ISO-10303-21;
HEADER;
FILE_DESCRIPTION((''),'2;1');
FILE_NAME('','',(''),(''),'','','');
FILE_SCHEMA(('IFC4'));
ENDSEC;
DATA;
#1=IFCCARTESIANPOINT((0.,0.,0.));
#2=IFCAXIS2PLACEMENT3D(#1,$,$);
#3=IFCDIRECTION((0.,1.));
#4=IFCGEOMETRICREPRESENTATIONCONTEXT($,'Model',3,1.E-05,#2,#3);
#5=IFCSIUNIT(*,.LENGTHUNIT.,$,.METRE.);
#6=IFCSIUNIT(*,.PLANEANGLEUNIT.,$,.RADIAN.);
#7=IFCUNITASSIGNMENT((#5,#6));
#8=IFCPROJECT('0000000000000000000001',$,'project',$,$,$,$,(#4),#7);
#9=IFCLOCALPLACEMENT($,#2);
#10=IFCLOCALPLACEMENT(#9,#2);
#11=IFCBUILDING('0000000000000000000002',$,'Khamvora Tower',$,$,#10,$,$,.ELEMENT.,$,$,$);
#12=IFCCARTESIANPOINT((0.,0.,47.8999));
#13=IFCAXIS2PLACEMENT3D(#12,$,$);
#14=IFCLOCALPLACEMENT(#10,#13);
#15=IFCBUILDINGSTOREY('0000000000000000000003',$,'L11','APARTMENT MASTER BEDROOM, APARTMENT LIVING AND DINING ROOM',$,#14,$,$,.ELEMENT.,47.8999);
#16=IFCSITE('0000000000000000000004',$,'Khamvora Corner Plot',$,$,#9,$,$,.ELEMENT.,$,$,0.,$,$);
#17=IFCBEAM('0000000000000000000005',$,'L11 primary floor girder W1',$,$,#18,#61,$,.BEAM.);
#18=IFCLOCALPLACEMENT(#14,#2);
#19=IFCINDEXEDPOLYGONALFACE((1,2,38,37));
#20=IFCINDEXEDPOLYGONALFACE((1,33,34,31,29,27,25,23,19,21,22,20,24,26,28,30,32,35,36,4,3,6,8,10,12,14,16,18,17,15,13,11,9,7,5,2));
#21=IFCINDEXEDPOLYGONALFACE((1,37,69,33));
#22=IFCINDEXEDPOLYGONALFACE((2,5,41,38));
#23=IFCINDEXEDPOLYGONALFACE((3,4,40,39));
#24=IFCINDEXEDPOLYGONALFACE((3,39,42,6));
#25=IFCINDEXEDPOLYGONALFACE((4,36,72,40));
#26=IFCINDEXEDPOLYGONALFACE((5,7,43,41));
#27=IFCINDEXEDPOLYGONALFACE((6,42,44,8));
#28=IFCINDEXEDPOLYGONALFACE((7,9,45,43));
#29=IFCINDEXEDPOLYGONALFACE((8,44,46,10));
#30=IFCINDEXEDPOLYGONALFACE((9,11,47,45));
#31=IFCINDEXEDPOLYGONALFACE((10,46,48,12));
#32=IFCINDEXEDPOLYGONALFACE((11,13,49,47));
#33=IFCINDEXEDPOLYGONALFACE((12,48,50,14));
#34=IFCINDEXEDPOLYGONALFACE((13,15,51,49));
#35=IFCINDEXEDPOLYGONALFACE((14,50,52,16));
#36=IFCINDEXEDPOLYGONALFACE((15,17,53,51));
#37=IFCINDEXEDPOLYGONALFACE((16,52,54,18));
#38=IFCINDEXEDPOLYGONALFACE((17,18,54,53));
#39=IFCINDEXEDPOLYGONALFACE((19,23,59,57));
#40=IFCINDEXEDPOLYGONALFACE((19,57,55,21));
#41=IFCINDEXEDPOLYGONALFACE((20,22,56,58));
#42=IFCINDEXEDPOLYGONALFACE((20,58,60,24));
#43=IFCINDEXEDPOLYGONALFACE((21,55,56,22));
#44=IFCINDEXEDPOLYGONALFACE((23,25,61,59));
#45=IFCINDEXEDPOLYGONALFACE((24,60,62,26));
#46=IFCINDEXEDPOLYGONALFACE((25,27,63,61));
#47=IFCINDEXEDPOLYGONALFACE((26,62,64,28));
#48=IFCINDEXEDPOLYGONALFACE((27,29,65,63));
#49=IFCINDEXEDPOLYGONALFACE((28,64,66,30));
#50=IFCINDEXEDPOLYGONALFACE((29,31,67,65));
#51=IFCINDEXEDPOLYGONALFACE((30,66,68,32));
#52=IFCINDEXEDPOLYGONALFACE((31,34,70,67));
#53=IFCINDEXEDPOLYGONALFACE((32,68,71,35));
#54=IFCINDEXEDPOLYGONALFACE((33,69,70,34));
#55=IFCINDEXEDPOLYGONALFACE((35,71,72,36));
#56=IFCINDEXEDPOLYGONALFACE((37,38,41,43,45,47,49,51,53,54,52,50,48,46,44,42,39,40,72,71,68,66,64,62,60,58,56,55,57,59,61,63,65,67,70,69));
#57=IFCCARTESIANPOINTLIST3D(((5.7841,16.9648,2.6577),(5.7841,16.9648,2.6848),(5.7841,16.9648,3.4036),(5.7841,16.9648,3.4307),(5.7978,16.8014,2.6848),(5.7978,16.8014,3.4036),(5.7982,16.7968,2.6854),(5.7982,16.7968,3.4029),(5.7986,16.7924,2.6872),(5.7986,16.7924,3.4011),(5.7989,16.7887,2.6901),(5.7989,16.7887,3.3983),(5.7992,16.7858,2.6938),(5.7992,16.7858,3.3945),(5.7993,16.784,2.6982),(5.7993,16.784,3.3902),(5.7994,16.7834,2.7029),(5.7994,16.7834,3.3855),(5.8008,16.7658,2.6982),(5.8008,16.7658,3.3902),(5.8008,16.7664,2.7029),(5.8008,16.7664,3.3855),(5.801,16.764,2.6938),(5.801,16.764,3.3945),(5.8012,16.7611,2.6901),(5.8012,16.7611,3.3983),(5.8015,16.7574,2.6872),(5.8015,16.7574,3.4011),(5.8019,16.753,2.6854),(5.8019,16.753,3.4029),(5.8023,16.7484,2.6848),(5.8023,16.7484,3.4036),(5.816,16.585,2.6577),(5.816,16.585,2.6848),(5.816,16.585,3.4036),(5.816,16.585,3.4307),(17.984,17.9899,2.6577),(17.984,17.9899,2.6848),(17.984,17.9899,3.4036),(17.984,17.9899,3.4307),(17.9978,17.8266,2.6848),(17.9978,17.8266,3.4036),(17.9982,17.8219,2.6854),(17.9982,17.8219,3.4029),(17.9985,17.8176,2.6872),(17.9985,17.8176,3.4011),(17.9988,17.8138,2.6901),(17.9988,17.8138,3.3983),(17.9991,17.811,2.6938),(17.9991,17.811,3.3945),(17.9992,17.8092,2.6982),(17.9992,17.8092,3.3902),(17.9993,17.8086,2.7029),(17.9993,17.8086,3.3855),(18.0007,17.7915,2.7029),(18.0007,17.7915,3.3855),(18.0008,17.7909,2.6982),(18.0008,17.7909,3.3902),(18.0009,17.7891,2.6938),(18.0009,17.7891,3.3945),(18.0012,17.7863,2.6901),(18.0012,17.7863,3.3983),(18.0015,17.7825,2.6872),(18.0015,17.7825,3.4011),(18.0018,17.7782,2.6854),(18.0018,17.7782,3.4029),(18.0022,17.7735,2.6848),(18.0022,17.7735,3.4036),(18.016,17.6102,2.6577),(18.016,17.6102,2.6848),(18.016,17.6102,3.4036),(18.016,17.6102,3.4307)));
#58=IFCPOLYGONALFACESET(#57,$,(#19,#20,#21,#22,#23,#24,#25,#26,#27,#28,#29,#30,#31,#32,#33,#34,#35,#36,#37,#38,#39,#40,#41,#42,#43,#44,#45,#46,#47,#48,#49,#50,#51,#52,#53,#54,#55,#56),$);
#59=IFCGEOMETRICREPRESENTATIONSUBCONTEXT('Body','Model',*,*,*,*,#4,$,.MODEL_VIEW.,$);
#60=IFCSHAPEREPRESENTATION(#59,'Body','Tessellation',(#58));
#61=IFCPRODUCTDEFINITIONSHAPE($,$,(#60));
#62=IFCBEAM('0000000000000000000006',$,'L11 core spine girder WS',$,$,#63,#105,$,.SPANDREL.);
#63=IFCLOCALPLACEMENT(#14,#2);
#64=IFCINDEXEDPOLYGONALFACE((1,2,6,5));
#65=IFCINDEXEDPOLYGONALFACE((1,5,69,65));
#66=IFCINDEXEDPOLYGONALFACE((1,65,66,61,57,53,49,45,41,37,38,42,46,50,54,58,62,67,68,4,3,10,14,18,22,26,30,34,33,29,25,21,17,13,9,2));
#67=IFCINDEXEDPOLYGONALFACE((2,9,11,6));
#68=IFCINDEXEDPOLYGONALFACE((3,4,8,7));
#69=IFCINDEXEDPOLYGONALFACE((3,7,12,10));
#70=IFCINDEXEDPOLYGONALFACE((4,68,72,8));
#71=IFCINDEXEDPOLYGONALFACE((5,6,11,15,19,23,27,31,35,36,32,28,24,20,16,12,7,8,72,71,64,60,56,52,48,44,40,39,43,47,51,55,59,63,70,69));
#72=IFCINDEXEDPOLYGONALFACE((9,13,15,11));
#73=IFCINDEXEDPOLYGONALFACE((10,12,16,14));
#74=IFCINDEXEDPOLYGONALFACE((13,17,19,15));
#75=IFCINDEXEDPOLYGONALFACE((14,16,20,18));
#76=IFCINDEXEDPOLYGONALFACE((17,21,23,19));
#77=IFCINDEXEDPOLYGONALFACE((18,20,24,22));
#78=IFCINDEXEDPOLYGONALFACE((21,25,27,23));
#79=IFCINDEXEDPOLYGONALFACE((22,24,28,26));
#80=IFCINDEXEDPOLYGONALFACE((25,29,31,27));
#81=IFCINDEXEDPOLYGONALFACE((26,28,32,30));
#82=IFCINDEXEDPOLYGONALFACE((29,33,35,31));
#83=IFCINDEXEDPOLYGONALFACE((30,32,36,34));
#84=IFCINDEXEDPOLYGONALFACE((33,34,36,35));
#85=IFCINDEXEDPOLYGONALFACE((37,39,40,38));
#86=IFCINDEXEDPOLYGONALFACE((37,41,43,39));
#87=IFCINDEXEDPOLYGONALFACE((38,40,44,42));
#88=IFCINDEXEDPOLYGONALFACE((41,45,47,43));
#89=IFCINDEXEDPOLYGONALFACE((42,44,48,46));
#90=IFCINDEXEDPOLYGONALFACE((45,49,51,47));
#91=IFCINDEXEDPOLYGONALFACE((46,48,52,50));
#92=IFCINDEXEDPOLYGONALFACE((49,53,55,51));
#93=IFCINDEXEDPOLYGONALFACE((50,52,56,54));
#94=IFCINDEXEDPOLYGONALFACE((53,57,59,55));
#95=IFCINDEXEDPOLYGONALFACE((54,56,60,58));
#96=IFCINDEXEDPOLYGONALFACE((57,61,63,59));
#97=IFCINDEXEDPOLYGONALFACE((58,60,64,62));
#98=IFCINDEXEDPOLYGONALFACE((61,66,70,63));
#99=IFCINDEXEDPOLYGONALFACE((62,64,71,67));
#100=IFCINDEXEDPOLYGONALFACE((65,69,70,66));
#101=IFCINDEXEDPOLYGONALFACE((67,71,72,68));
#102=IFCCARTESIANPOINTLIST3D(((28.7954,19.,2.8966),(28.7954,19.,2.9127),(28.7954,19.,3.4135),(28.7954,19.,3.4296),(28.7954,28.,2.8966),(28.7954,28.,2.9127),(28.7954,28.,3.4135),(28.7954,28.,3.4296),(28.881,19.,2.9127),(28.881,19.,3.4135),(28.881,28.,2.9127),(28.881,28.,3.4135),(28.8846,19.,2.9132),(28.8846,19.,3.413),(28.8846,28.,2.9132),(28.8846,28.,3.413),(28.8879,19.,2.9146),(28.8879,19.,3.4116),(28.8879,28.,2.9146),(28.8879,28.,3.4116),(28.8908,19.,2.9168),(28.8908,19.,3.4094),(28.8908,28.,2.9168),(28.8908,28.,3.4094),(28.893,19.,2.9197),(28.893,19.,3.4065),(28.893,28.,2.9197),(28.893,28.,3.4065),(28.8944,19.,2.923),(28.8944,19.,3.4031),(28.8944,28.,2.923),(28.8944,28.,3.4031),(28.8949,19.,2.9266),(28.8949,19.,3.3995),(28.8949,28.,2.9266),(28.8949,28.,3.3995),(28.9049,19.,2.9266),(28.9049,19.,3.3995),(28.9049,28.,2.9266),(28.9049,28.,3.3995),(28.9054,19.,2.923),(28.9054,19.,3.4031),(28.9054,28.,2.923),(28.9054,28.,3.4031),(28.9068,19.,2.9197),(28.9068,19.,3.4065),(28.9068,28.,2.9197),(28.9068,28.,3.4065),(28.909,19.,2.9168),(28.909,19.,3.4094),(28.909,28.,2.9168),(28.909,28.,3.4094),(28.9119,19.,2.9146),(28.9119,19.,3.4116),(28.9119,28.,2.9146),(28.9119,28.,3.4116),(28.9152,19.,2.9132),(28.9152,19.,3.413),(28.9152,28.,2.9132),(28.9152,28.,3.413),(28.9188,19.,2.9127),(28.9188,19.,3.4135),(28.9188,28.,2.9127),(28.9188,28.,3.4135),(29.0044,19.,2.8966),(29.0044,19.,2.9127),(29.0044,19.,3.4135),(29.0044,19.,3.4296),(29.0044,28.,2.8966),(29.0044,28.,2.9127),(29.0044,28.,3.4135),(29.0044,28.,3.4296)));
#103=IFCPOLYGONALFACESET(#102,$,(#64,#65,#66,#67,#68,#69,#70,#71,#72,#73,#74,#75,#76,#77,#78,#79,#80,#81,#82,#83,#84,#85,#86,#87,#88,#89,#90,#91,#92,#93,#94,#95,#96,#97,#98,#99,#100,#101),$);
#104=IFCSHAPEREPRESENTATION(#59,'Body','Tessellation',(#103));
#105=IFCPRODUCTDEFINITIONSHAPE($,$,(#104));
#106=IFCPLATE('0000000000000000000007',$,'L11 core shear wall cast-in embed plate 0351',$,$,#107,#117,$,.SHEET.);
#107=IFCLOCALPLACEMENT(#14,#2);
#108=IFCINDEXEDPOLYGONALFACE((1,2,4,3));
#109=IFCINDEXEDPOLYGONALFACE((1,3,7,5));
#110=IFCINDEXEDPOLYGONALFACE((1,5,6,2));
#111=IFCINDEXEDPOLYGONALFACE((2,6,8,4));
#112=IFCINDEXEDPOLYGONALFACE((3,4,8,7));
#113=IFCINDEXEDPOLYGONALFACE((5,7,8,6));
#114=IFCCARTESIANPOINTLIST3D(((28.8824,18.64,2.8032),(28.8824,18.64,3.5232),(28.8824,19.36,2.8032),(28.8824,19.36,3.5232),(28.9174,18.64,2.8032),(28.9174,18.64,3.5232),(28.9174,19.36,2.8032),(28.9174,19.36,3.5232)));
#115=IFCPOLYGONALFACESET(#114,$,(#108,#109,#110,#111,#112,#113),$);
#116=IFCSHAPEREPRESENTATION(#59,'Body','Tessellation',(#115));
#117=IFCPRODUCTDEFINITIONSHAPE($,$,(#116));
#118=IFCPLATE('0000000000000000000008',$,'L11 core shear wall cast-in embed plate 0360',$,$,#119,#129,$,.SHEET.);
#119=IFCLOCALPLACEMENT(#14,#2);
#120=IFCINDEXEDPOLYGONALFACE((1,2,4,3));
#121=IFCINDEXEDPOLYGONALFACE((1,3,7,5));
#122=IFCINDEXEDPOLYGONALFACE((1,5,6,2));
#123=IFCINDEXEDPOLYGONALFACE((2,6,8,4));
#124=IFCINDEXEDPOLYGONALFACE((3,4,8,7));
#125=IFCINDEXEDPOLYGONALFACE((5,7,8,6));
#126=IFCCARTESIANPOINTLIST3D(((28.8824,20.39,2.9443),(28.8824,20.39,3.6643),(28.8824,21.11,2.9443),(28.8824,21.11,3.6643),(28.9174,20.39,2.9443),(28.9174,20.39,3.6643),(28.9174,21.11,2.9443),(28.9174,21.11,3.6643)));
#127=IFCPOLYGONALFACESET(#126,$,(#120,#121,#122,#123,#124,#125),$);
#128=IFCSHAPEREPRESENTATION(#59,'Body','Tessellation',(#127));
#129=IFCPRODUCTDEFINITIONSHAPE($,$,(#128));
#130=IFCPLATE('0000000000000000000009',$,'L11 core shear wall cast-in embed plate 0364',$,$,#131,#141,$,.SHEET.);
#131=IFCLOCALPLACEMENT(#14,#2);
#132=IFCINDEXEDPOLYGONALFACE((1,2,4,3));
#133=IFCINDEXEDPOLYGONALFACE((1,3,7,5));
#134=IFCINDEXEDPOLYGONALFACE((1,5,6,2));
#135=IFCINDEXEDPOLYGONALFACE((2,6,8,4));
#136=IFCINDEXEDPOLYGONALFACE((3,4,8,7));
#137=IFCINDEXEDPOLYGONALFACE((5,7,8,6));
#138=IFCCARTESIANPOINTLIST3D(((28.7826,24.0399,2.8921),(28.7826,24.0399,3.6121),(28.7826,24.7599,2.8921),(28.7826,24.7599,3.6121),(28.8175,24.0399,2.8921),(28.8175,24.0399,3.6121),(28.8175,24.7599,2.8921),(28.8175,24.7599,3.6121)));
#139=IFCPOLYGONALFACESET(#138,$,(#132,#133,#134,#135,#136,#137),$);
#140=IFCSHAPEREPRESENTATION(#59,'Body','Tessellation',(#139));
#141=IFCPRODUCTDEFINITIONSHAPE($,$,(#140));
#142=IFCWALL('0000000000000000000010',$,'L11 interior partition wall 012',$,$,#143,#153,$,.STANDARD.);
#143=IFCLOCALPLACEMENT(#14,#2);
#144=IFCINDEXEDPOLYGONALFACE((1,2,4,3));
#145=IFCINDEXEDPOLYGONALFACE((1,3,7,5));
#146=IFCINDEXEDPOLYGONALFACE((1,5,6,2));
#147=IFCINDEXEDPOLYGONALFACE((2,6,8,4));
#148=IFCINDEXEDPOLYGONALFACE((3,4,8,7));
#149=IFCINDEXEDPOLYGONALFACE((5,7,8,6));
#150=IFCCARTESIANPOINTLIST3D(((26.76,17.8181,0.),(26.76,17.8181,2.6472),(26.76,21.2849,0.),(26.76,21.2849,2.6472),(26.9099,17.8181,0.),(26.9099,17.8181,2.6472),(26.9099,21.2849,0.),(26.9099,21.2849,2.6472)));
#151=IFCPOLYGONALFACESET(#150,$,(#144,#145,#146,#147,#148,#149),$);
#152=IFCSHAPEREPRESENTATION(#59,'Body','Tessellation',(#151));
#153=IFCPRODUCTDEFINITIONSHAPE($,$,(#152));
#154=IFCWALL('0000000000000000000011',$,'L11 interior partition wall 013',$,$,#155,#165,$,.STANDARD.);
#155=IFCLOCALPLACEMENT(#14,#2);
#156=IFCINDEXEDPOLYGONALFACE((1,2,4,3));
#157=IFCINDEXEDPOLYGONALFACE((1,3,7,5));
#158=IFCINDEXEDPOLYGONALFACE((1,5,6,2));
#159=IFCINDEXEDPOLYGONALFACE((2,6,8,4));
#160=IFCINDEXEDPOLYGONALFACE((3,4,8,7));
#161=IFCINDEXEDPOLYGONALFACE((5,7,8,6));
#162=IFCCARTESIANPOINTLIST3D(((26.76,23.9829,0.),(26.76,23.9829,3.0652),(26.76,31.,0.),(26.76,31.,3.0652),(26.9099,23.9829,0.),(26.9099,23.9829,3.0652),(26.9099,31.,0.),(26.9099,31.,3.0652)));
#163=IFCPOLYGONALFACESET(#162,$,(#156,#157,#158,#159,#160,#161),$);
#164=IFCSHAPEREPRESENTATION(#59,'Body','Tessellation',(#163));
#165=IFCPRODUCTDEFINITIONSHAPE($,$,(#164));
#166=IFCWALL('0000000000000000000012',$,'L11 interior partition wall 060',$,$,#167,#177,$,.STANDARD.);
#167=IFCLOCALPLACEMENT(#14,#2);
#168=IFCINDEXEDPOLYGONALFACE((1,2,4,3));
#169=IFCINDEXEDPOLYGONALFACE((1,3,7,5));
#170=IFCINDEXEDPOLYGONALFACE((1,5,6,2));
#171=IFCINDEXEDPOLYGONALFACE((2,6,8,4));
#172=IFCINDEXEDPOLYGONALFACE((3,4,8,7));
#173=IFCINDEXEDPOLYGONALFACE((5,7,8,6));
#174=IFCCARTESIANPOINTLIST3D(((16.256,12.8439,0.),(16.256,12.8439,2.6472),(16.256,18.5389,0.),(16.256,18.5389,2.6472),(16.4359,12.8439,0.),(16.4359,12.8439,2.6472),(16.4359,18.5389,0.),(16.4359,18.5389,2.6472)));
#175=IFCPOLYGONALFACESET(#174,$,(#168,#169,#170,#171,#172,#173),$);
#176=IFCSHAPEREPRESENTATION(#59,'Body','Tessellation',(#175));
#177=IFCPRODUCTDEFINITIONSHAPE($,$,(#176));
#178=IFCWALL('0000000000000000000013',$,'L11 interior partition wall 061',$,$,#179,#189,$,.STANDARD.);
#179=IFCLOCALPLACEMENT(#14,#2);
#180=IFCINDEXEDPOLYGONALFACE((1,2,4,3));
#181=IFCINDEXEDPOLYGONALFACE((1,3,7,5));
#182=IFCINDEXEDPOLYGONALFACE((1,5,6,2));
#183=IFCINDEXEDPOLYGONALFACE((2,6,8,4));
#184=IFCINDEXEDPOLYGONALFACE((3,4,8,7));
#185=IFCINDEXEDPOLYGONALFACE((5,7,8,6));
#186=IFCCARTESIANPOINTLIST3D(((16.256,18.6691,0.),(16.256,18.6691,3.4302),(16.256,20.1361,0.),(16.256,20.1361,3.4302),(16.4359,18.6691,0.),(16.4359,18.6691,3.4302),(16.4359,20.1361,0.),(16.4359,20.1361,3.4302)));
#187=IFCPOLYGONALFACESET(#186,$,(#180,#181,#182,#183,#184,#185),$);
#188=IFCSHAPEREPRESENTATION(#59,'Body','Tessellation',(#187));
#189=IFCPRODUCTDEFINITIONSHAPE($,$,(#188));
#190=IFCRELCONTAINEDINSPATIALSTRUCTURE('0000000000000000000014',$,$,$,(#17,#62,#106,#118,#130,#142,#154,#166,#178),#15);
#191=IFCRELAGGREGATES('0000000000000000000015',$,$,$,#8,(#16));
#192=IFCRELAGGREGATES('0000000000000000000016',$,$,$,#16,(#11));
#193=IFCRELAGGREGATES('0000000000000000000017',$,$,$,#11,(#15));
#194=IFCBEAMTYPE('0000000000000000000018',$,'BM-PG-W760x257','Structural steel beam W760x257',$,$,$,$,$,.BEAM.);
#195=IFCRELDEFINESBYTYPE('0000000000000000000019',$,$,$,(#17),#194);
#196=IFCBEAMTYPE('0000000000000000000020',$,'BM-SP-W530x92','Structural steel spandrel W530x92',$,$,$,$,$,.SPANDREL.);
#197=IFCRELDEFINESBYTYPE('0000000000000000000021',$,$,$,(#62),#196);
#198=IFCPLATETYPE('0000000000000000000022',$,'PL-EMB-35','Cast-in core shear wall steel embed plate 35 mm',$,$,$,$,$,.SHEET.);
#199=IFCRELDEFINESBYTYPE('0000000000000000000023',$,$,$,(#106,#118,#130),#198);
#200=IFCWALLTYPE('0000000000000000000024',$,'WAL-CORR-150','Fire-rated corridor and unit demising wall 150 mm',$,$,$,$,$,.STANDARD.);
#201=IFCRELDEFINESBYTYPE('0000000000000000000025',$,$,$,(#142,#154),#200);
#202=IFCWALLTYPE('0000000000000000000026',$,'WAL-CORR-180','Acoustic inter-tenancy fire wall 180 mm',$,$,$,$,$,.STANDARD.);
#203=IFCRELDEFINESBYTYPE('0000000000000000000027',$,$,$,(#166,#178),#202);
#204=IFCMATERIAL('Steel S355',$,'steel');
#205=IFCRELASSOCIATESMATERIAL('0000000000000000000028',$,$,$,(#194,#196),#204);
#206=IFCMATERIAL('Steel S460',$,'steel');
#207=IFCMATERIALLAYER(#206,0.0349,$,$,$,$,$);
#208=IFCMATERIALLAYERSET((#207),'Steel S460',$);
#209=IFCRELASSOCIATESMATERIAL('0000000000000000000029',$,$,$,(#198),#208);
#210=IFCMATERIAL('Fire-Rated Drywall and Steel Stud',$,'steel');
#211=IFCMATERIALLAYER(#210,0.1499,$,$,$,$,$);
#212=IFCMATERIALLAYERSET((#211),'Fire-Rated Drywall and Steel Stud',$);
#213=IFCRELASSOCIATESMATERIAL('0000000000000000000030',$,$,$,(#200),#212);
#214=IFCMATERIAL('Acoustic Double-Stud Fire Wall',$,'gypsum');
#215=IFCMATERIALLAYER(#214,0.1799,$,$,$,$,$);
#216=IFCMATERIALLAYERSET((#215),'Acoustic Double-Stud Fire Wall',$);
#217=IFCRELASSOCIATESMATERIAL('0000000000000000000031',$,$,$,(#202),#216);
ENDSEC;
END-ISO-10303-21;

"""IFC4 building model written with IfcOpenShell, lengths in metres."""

from ifc_helpers import new_model, si_unit, direction, frame, frame_2d, origin, origin_2d, place, context, subcontext, project, spatial, rectangle, i_section, extrude, material, layer, layer_set, material_profile, profile_set, type_object, element, save


model = new_model("IFC4")

# Units and contexts
model_context = context("Model", 3, precision=1e-05, world=origin(), true_north=direction((0.0, 1.0)))
body_context = subcontext(model_context, "Body", "Model", "MODEL_VIEW")
ifc_project = project(units=[si_unit("LENGTHUNIT", "METRE"), si_unit("PLANEANGLEUNIT", "RADIAN")], contexts=[model_context])

# Site, building, storey
site_placement = place(None, origin())
site = spatial("IfcSite", under=ifc_project, at=site_placement, Name="Khamvora Corner Plot", CompositionType="ELEMENT", RefElevation=0.0)
building_placement = place(site_placement, origin())
building = spatial("IfcBuilding", under=site, at=building_placement, Name="Khamvora Tower", CompositionType="ELEMENT")
storey_placement = place(building_placement, frame((0.0, 0.0, 47.8999)))
storey = spatial("IfcBuildingStorey", under=building, at=storey_placement, Name="L11", Description="APARTMENT MASTER BEDROOM, APARTMENT LIVING AND DINING ROOM", CompositionType="ELEMENT", Elevation=47.8999)

# Beams
ifc_material_1 = material(Name="Steel S355", Category="steel")
ifc_material_profile_1 = material_profile(ifc_material_1, i_section(OverallWidth=0.3811, OverallDepth=0.7729, WebThickness=0.0171, FlangeThickness=0.0271, FilletRadius=0.0181, at=origin_2d()), Name="W760x257")
ifc_profile_set_1 = profile_set([ifc_material_profile_1], Name="Steel S355")
beam_type_1 = type_object("IfcBeamType", Name="BM-PG-W760x257", Description="Structural steel beam W760x257", PredefinedType="BEAM", material=ifc_profile_set_1)
beam_1_placement = place(storey_placement, frame((18.0, 17.8, 3.0442), z_axis=(-0.996488, -0.083734, 0.0), x_axis=(0.083734, -0.996488, 0.0)))
element("IfcBeam", 1, at=beam_1_placement, inside=storey, type_object=beam_type_1, Name="L11 primary floor girder W1", PredefinedType="BEAM", context=body_context, shape_type="SweptSolid", body=[
    extrude(i_section(OverallWidth=0.3811, OverallDepth=0.7729, WebThickness=0.0171, FlangeThickness=0.0271, FilletRadius=0.0181, at=origin_2d()), origin(), (0.0, 0.0, 1.0), 12.2429),
])
ifc_material_profile_2 = material_profile(ifc_material_1, i_section(OverallWidth=0.209, OverallDepth=0.533, WebThickness=0.01, FlangeThickness=0.0161, FilletRadius=0.0139, at=origin_2d()), Name="W530x92")
ifc_profile_set_2 = profile_set([ifc_material_profile_2], Name="Steel S355")
beam_type_2 = type_object("IfcBeamType", Name="BM-SP-W530x92", Description="Structural steel spandrel W530x92", PredefinedType="SPANDREL", material=ifc_profile_set_2)
beam_2_placement = place(storey_placement, frame((28.8999, 19.0, 3.1631), z_axis=(0.0, 1.0, 0.0), x_axis=(-1.0, 0.0, 0.0)))
element("IfcBeam", 2, at=beam_2_placement, inside=storey, type_object=beam_type_2, Name="L11 core spine girder WS", PredefinedType="SPANDREL", context=body_context, shape_type="SweptSolid", body=[
    extrude(i_section(OverallWidth=0.209, OverallDepth=0.533, WebThickness=0.01, FlangeThickness=0.0161, FilletRadius=0.0139, at=origin_2d()), origin(), (0.0, 0.0, 1.0), 9.0),
])

# Plates
ifc_material_2 = material(Name="Steel S460", Category="steel")
ifc_layer_1 = layer(ifc_material_2, 0.0349)
ifc_layer_set_1 = layer_set([ifc_layer_1], Name="Steel S460")
plate_type = type_object("IfcPlateType", Name="PL-EMB-35", Description="Cast-in core shear wall steel embed plate 35 mm", PredefinedType="SHEET", material=ifc_layer_set_1)
for number, where, z_axis, x_axis, name in (
    (3, (28.8999, 19.0, 2.8032), (0.0, 0.0, 1.0), (1.0, 0.0, 0.0), "L11 core shear wall cast-in embed plate 0351"),
    (4, (28.8999, 20.75, 2.9443), (0.0, 0.0, 1.0), (1.0, 0.0, 0.0), "L11 core shear wall cast-in embed plate 0360"),
    (5, (28.8, 24.3999, 2.8921), (0.0, 0.0, 1.0), (1.0, 0.0, 0.0), "L11 core shear wall cast-in embed plate 0364"),
):
    element("IfcPlate", number, at=place(storey_placement, frame(where, z_axis=z_axis, x_axis=x_axis)), inside=storey, type_object=plate_type, Name=name, PredefinedType="SHEET", context=body_context, shape_type="SweptSolid", body=[
        extrude(rectangle(XDim=0.0349, YDim=0.72, at=origin_2d()), origin(), (0.0, 0.0, 1.0), 0.72),
    ])

# Shared definitions
ifc_material_3 = material(Name="Fire-Rated Drywall and Steel Stud", Category="steel")
ifc_layer_2 = layer(ifc_material_3, 0.1499)
ifc_layer_set_2 = layer_set([ifc_layer_2], Name="Fire-Rated Drywall and Steel Stud")
wall_type_1 = type_object("IfcWallType", Name="WAL-CORR-150", Description="Fire-rated corridor and unit demising wall 150 mm", PredefinedType="STANDARD", material=ifc_layer_set_2)

# Walls
wall_1_placement = place(storey_placement, frame((26.835, 17.8181, 0.0), z_axis=(0.0, 0.0, 1.0), x_axis=(0.0, 1.0, 0.0)))
element("IfcWall", 6, at=wall_1_placement, inside=storey, type_object=wall_type_1, Name="L11 interior partition wall 012", PredefinedType="STANDARD", context=body_context, shape_type="SweptSolid", body=[
    extrude(rectangle(XDim=3.4668, YDim=0.1499, at=frame_2d((1.7334, 0.0))), origin(), (0.0, 0.0, 1.0), 2.6472),
])
wall_2_placement = place(storey_placement, frame((26.835, 23.9829, 0.0), z_axis=(0.0, 0.0, 1.0), x_axis=(0.0, 1.0, 0.0)))
element("IfcWall", 7, at=wall_2_placement, inside=storey, type_object=wall_type_1, Name="L11 interior partition wall 013", PredefinedType="STANDARD", context=body_context, shape_type="SweptSolid", body=[
    extrude(rectangle(XDim=7.0171, YDim=0.1499, at=frame_2d((3.5085, 0.0))), origin(), (0.0, 0.0, 1.0), 3.0652),
])
ifc_material_4 = material(Name="Acoustic Double-Stud Fire Wall", Category="gypsum")
ifc_layer_3 = layer(ifc_material_4, 0.1799)
ifc_layer_set_3 = layer_set([ifc_layer_3], Name="Acoustic Double-Stud Fire Wall")
wall_type_2 = type_object("IfcWallType", Name="WAL-CORR-180", Description="Acoustic inter-tenancy fire wall 180 mm", PredefinedType="STANDARD", material=ifc_layer_set_3)
wall_3_placement = place(storey_placement, frame((16.3459, 18.5391, 0.0), z_axis=(0.0, 0.0, 1.0), x_axis=(0.0, -1.0, 0.0)))
element("IfcWall", 8, at=wall_3_placement, inside=storey, type_object=wall_type_2, Name="L11 interior partition wall 060", PredefinedType="STANDARD", context=body_context, shape_type="SweptSolid", body=[
    extrude(rectangle(XDim=5.6951, YDim=0.1799, at=frame_2d((2.8477, 0.0))), origin(), (0.0, 0.0, 1.0), 2.6472),
])
wall_4_placement = place(storey_placement, frame((16.3459, 20.136, 0.0), z_axis=(0.0, 0.0, 1.0), x_axis=(0.0, -1.0, 0.0)))
element("IfcWall", 9, at=wall_4_placement, inside=storey, type_object=wall_type_2, Name="L11 interior partition wall 061", PredefinedType="STANDARD", context=body_context, shape_type="SweptSolid", body=[
    extrude(rectangle(XDim=1.467, YDim=0.1799, at=frame_2d((0.7334, 0.0))), origin(), (0.0, 0.0, 1.0), 3.4302),
])

save(model, "model.ifc")
